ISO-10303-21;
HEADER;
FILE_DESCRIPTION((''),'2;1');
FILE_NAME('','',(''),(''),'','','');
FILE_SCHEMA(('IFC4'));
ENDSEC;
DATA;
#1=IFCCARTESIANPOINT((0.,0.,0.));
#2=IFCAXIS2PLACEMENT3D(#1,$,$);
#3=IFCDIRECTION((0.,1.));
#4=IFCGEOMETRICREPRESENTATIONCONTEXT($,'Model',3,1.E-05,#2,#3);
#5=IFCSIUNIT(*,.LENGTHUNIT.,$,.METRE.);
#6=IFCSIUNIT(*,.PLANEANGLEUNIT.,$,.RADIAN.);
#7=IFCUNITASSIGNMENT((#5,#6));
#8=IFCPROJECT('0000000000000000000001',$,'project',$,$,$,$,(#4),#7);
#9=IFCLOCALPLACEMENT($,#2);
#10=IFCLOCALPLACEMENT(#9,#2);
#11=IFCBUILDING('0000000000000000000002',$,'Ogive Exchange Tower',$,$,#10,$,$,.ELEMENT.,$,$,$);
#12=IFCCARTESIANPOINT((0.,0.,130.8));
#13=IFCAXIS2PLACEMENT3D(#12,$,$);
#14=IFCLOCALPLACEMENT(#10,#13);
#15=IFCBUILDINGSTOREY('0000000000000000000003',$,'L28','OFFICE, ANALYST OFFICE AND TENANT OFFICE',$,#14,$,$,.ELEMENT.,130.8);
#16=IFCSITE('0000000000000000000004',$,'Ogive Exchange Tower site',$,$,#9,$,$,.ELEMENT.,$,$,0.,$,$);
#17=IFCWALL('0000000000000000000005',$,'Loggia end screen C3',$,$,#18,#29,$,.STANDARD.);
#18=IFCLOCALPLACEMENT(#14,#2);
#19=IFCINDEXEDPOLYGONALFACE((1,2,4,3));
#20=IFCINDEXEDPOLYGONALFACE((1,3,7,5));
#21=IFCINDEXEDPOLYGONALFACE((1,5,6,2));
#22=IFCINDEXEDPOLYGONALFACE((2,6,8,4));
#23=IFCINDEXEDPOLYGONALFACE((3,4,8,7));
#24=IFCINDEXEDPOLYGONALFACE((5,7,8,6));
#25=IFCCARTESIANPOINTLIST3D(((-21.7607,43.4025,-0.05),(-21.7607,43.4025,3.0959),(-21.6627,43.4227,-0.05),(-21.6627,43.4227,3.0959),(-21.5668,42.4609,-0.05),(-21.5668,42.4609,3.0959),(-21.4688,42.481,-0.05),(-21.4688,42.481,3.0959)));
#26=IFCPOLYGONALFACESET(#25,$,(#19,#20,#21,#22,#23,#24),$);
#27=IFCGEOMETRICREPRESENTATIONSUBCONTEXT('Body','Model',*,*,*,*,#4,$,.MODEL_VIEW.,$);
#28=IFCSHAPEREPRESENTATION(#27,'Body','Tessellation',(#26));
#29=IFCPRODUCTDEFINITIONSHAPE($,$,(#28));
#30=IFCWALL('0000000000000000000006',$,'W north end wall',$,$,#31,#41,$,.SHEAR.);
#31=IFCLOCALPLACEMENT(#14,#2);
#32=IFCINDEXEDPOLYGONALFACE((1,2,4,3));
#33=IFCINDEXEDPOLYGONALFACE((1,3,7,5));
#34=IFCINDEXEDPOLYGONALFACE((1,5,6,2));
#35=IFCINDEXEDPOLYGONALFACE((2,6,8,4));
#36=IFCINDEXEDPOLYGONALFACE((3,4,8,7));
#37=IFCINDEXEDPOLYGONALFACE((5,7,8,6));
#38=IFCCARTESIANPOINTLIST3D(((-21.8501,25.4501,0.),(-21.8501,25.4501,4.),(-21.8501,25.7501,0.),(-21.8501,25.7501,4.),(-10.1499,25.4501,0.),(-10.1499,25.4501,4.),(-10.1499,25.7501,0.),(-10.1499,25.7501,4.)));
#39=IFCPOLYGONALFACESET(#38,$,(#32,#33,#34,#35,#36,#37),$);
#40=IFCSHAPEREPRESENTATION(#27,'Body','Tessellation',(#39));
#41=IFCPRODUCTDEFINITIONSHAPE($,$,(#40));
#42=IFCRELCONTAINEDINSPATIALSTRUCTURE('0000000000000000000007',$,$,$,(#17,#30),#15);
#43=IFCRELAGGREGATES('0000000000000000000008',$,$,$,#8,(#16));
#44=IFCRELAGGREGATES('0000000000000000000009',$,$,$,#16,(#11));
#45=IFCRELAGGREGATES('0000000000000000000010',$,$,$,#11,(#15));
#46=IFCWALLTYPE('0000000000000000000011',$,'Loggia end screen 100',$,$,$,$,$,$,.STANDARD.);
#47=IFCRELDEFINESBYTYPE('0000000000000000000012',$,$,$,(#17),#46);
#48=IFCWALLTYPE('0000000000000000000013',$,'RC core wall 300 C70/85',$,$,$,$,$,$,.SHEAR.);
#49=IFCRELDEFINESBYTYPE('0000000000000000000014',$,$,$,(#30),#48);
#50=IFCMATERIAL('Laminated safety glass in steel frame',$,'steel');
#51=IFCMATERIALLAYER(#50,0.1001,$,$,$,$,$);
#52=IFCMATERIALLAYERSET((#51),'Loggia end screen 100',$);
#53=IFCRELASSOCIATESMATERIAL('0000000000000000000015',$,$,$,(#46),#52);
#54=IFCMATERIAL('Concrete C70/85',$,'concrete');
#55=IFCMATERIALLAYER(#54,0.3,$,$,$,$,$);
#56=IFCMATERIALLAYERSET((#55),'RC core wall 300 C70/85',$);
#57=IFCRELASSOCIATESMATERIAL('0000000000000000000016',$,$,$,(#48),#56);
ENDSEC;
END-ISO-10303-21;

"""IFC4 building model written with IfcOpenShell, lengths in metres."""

from ifc_helpers import new_model, si_unit, direction, frame, frame_2d, origin, place, context, subcontext, project, spatial, rectangle, extrude, material, layer, layer_set, type_object, element, save


model = new_model("IFC4")

# Units and contexts
model_context = context("Model", 3, precision=1e-05, world=origin(), true_north=direction((0.0, 1.0)))
body_context = subcontext(model_context, "Body", "Model", "MODEL_VIEW")
ifc_project = project(units=[si_unit("LENGTHUNIT", "METRE"), si_unit("PLANEANGLEUNIT", "RADIAN")], contexts=[model_context])

# Site, building, storey
site_placement = place(None, origin())
site = spatial("IfcSite", under=ifc_project, at=site_placement, Name="Ogive Exchange Tower site", CompositionType="ELEMENT", RefElevation=0.0)
building_placement = place(site_placement, origin())
building = spatial("IfcBuilding", under=site, at=building_placement, Name="Ogive Exchange Tower", CompositionType="ELEMENT")
storey_placement = place(building_placement, frame((0.0, 0.0, 130.8)))
storey = spatial("IfcBuildingStorey", under=building, at=storey_placement, Name="L28", Description="OFFICE, ANALYST OFFICE AND TENANT OFFICE", CompositionType="ELEMENT", Elevation=130.8)

# Walls
ifc_material_1 = material(Name="Laminated safety glass in steel frame", Category="steel")
ifc_layer_1 = layer(ifc_material_1, 0.1001)
ifc_layer_set_1 = layer_set([ifc_layer_1], Name="Loggia end screen 100")
wall_type_1 = type_object("IfcWallType", Name="Loggia end screen 100", PredefinedType="STANDARD", material=ifc_layer_set_1)
wall_1_placement = place(storey_placement, frame((-21.5178, 42.4709, -0.05), z_axis=(0.0, 0.0, 1.0), x_axis=(-0.201631, 0.979461, 0.0)))
element("IfcWall", 1, at=wall_1_placement, inside=storey, type_object=wall_type_1, Name="Loggia end screen C3", PredefinedType="STANDARD", context=body_context, shape_type="SweptSolid", body=[
    extrude(rectangle(XDim=0.9614, YDim=0.1001, at=frame_2d((0.4807, 0.0))), origin(), (0.0, 0.0, 1.0), 3.146),
])
ifc_material_2 = material(Name="Concrete C70/85", Category="concrete")
ifc_layer_2 = layer(ifc_material_2, 0.3)
ifc_layer_set_2 = layer_set([ifc_layer_2], Name="RC core wall 300 C70/85")
wall_type_2 = type_object("IfcWallType", Name="RC core wall 300 C70/85", PredefinedType="SHEAR", material=ifc_layer_set_2)
wall_2_placement = place(storey_placement, frame((-21.8501, 25.6001, 0.0), z_axis=(0.0, 0.0, 1.0), x_axis=(1.0, 0.0, 0.0)))
element("IfcWall", 2, at=wall_2_placement, inside=storey, type_object=wall_type_2, Name="W north end wall", PredefinedType="SHEAR", context=body_context, shape_type="SweptSolid", body=[
    extrude(rectangle(XDim=11.7002, YDim=0.3, at=frame_2d((5.8501, 0.0))), origin(), (0.0, 0.0, 1.0), 4.0),
])

save(model, "model.ifc")
